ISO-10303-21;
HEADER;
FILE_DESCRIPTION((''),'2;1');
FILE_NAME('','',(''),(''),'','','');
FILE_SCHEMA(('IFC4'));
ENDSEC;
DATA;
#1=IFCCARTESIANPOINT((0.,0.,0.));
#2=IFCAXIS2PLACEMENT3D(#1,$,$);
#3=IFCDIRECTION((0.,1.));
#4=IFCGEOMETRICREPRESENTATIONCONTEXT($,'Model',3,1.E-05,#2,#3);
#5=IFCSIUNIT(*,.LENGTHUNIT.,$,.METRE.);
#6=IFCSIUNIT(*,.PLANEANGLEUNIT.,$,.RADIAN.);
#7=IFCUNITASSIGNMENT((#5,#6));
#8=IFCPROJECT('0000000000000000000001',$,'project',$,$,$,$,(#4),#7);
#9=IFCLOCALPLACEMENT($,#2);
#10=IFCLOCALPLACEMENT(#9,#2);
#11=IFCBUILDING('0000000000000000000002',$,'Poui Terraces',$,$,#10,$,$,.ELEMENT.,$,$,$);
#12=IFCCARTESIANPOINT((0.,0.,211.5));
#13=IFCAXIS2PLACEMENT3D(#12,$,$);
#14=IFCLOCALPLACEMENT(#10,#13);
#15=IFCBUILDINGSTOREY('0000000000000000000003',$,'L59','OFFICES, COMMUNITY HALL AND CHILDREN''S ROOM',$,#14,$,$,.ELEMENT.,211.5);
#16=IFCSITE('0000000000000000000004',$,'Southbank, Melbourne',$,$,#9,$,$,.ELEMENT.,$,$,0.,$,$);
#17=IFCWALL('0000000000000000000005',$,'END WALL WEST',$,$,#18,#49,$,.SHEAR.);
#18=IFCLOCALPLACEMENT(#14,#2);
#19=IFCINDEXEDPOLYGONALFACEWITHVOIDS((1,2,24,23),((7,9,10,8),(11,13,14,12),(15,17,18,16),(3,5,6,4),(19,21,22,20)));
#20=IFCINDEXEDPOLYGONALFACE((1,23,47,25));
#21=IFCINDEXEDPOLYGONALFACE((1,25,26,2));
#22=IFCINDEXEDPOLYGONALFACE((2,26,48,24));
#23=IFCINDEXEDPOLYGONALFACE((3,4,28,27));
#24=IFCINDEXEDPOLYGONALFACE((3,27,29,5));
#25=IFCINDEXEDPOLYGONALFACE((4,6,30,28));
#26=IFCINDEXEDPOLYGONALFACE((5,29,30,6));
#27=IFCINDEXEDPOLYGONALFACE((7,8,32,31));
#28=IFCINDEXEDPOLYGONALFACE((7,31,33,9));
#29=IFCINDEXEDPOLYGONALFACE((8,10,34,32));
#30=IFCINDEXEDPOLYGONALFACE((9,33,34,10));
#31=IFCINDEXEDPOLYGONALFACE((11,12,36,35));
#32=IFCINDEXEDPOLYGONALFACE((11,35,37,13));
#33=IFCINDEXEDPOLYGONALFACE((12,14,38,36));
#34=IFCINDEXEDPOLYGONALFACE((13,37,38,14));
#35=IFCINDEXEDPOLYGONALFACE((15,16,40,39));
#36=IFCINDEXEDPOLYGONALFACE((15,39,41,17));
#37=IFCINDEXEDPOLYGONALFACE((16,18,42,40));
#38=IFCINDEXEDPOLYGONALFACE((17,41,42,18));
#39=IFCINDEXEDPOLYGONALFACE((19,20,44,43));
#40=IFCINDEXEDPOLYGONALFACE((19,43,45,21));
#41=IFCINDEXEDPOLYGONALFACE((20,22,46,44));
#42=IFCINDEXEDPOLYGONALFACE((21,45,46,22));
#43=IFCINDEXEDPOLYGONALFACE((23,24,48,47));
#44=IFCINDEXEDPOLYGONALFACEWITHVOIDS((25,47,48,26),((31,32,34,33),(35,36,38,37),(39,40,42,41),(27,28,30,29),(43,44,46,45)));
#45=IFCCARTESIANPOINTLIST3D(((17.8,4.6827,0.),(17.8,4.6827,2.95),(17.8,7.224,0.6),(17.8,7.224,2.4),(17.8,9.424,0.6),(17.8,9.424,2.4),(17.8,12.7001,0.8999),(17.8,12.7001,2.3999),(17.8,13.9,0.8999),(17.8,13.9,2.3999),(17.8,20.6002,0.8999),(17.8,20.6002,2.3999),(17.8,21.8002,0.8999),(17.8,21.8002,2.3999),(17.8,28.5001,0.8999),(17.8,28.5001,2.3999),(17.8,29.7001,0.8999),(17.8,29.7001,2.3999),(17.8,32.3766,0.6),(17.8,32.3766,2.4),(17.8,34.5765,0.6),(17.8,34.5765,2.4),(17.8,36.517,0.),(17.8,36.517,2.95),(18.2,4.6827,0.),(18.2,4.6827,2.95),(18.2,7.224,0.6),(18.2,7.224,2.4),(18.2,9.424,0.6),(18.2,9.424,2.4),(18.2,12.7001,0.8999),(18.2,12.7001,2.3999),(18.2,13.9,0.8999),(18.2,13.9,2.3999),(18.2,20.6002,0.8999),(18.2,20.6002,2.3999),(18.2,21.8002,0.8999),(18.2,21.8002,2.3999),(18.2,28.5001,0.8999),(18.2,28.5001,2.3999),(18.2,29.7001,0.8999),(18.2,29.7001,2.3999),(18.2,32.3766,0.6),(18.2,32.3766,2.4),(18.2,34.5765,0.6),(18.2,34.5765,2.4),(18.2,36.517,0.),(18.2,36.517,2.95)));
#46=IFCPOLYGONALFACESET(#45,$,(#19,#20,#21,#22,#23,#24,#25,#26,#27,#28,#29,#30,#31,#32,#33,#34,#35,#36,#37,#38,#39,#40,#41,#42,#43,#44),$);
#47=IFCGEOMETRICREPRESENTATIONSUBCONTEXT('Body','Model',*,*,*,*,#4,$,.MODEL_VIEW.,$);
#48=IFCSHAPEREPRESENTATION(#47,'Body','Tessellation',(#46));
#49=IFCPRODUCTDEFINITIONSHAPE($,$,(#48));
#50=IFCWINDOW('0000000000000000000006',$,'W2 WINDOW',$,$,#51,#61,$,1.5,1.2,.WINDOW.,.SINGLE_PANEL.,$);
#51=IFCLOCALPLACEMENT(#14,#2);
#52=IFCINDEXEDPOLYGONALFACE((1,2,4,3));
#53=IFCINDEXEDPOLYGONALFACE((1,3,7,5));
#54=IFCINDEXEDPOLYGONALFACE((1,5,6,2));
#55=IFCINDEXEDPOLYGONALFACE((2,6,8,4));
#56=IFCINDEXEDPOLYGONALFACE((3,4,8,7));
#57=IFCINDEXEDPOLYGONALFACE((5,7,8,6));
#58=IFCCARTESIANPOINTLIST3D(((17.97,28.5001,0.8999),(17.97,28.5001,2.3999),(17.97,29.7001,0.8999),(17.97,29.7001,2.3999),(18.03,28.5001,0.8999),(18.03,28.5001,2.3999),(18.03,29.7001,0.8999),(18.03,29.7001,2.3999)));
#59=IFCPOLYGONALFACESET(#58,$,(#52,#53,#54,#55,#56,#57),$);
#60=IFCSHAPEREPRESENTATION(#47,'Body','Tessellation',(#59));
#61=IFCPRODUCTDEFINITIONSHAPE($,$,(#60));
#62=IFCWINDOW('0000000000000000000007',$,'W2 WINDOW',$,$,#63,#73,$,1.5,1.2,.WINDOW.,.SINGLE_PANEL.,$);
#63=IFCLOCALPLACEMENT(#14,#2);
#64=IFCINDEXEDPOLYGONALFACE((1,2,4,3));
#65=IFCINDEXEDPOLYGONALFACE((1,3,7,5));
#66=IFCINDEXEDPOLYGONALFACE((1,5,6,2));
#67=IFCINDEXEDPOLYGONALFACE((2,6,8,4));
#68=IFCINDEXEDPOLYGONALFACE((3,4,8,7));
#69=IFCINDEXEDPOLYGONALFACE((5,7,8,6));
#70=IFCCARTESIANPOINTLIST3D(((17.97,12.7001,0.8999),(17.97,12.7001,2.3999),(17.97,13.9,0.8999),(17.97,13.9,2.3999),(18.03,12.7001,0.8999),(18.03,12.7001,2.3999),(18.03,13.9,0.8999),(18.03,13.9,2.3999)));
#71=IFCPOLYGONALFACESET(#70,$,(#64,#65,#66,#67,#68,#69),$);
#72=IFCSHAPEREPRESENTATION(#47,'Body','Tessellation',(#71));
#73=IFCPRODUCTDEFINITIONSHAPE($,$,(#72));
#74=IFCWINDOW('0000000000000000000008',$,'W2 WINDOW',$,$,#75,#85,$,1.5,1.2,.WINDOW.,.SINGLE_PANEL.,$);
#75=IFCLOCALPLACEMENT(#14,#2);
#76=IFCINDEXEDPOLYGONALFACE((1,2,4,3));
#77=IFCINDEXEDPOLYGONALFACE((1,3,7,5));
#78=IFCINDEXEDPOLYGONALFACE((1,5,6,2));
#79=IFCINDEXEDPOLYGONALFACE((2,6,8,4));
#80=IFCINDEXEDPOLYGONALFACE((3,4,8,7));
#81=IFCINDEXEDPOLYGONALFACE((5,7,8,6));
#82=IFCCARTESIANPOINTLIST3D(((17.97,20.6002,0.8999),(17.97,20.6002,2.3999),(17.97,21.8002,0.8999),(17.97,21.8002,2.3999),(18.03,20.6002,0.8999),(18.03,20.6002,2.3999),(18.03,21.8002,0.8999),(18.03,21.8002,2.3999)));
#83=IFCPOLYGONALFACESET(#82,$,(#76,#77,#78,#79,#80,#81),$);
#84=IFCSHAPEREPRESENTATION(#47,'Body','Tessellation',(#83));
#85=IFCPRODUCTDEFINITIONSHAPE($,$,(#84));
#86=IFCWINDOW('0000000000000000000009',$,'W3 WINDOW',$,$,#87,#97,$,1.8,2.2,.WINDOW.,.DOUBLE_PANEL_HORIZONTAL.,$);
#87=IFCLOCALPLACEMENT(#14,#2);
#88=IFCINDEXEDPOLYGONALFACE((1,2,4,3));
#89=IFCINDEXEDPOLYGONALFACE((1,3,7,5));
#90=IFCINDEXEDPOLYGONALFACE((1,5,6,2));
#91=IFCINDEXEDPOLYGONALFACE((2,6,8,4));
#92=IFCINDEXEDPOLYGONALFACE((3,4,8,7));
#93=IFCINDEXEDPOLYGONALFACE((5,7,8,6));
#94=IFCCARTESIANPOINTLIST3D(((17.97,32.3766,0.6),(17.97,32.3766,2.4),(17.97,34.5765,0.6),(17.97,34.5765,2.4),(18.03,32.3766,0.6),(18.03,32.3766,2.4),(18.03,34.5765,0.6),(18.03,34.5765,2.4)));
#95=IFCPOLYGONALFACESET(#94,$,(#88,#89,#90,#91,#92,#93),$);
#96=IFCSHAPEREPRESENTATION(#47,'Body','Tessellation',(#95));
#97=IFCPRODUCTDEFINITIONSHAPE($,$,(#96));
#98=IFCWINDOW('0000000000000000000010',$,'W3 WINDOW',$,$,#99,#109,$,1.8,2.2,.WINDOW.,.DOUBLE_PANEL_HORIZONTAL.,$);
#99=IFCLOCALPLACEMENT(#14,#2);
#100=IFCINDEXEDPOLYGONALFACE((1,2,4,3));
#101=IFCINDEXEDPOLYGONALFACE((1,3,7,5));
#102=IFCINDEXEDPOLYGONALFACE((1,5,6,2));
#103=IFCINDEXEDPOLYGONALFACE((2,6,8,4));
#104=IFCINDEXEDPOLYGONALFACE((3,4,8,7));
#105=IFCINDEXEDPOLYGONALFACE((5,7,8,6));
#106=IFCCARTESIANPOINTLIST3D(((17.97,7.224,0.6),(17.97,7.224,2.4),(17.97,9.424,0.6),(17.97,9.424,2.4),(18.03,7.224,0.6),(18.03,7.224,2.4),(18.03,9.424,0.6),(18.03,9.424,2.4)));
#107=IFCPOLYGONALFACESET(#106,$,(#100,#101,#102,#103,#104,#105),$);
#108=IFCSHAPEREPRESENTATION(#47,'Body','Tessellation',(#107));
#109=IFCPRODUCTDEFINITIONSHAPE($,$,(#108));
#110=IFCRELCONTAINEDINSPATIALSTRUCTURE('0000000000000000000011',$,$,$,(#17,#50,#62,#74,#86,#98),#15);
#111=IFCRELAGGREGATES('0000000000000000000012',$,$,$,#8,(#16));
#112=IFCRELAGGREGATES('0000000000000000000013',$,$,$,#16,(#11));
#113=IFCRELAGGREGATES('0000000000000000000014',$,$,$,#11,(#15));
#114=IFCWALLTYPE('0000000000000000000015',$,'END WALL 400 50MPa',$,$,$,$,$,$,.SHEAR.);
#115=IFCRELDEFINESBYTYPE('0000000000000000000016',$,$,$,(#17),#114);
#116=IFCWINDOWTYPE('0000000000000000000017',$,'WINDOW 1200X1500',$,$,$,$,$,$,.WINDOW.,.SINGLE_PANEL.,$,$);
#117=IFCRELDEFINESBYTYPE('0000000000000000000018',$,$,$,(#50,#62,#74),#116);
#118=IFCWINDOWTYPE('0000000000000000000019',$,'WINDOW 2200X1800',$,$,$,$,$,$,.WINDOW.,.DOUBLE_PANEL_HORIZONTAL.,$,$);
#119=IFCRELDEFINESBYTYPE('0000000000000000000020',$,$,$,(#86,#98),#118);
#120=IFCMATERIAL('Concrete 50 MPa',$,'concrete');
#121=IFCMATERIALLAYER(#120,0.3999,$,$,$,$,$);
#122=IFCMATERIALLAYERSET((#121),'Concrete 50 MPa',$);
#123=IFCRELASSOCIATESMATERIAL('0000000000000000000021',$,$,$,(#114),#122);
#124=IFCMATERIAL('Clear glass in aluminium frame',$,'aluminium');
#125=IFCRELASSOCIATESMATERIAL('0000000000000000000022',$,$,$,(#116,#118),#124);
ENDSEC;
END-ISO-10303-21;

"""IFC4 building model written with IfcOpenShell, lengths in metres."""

from ifc_helpers import new_model, si_unit, direction, frame, frame_2d, origin, place, context, subcontext, project, spatial, rectangle, extrude, material, layer, layer_set, type_object, element, fill, save


model = new_model("IFC4")

# Units and contexts
model_context = context("Model", 3, precision=1e-05, world=origin(), true_north=direction((0.0, 1.0)))
body_context = subcontext(model_context, "Body", "Model", "MODEL_VIEW")
ifc_project = project(units=[si_unit("LENGTHUNIT", "METRE"), si_unit("PLANEANGLEUNIT", "RADIAN")], contexts=[model_context])

# Site, building, storey
site_placement = place(None, origin())
site = spatial("IfcSite", under=ifc_project, at=site_placement, Name="Southbank, Melbourne", CompositionType="ELEMENT", RefElevation=0.0)
building_placement = place(site_placement, origin())
building = spatial("IfcBuilding", under=site, at=building_placement, Name="Poui Terraces", CompositionType="ELEMENT")
storey_placement = place(building_placement, frame((0.0, 0.0, 211.5)))
storey = spatial("IfcBuildingStorey", under=building, at=storey_placement, Name="L59", Description="OFFICES, COMMUNITY HALL AND CHILDREN'S ROOM", CompositionType="ELEMENT", Elevation=211.5)

# Wall, openings, windows
ifc_material_1 = material(Name="Concrete 50 MPa", Category="concrete")
ifc_layer = layer(ifc_material_1, 0.3999)
ifc_layer_set = layer_set([ifc_layer], Name="Concrete 50 MPa")
wall_type = type_object("IfcWallType", Name="END WALL 400 50MPa", PredefinedType="SHEAR", material=ifc_layer_set)
wall_placement = place(storey_placement, frame((18.0, 4.6829, 0.0), z_axis=(0.0, 0.0, 1.0), x_axis=(0.0, 1.0, 0.0)))
wall = element("IfcWall", 1, at=wall_placement, inside=storey, type_object=wall_type, Name="END WALL WEST", PredefinedType="SHEAR", context=body_context, shape_type="SweptSolid", body=[
    extrude(rectangle(XDim=31.8342, YDim=0.3999, at=frame_2d((15.917, 0.0))), origin(), (0.0, 0.0, 1.0), 2.95),
])
opening_1_placement = place(wall_placement, frame((23.8171, 0.0, 0.8999)))
opening_1 = element("IfcOpeningElement", 2, at=opening_1_placement, cuts=wall, PredefinedType="OPENING", context=body_context, shape_type="SweptSolid", body=[
    extrude(rectangle(XDim=1.2, YDim=1.5, at=frame_2d((0.6001, 0.75))), frame((0.0, 0.21, 0.0), z_axis=(0.0, -1.0, 0.0), x_axis=(1.0, 0.0, 0.0)), (0.0, 0.0, 1.0), 0.4199),
])
opening_2_placement = place(wall_placement, frame((8.0171, 0.0, 0.8999)))
opening_2 = element("IfcOpeningElement", 3, at=opening_2_placement, cuts=wall, PredefinedType="OPENING", context=body_context, shape_type="SweptSolid", body=[
    extrude(rectangle(XDim=1.2, YDim=1.5, at=frame_2d((0.6001, 0.75))), frame((0.0, 0.21, 0.0), z_axis=(0.0, -1.0, 0.0), x_axis=(1.0, 0.0, 0.0)), (0.0, 0.0, 1.0), 0.4199),
])
opening_3_placement = place(wall_placement, frame((27.6936, 0.0, 0.6001)))
opening_3 = element("IfcOpeningElement", 4, at=opening_3_placement, cuts=wall, PredefinedType="OPENING", context=body_context, shape_type="SweptSolid", body=[
    extrude(rectangle(XDim=2.2, YDim=1.8, at=frame_2d((1.1001, 0.8999))), frame((0.0, 0.21, 0.0), z_axis=(0.0, -1.0, 0.0), x_axis=(1.0, 0.0, 0.0)), (0.0, 0.0, 1.0), 0.4199),
])
opening_4_placement = place(wall_placement, frame((2.541, 0.0, 0.6001)))
opening_4 = element("IfcOpeningElement", 5, at=opening_4_placement, cuts=wall, PredefinedType="OPENING", context=body_context, shape_type="SweptSolid", body=[
    extrude(rectangle(XDim=2.2, YDim=1.8, at=frame_2d((1.1001, 0.8999))), frame((0.0, 0.21, 0.0), z_axis=(0.0, -1.0, 0.0), x_axis=(1.0, 0.0, 0.0)), (0.0, 0.0, 1.0), 0.4199),
])
opening_5_placement = place(wall_placement, frame((15.9172, 0.0, 0.8999)))
opening_5 = element("IfcOpeningElement", 6, at=opening_5_placement, cuts=wall, PredefinedType="OPENING", context=body_context, shape_type="SweptSolid", body=[
    extrude(rectangle(XDim=1.2, YDim=1.5, at=frame_2d((0.6001, 0.75))), frame((0.0, 0.21, 0.0), z_axis=(0.0, -1.0, 0.0), x_axis=(1.0, 0.0, 0.0)), (0.0, 0.0, 1.0), 0.4199),
])
ifc_material_2 = material(Name="Clear glass in aluminium frame", Category="aluminium")
window_type_1 = type_object("IfcWindowType", Name="WINDOW 1200X1500", PartitioningType="SINGLE_PANEL", PredefinedType="WINDOW", material=ifc_material_2)
window_1_placement = place(opening_1_placement, origin())
window_1 = element("IfcWindow", 7, at=window_1_placement, inside=storey, type_object=window_type_1, Name="W2 WINDOW", OverallHeight=1.5, OverallWidth=1.2, PartitioningType="SINGLE_PANEL", PredefinedType="WINDOW", context=body_context, shape_type="SweptSolid", body=[
    extrude(rectangle(XDim=1.2, YDim=1.5, at=frame_2d((0.6001, 0.75))), frame((0.0, 0.03, 0.0), z_axis=(0.0, -1.0, 0.0), x_axis=(1.0, 0.0, 0.0)), (0.0, 0.0, 1.0), 0.0601),
])
fill(opening_1, window_1)
window_2_placement = place(opening_2_placement, origin())
window_2 = element("IfcWindow", 8, at=window_2_placement, inside=storey, type_object=window_type_1, Name="W2 WINDOW", OverallHeight=1.5, OverallWidth=1.2, PartitioningType="SINGLE_PANEL", PredefinedType="WINDOW", context=body_context, shape_type="SweptSolid", body=[
    extrude(rectangle(XDim=1.2, YDim=1.5, at=frame_2d((0.6001, 0.75))), frame((0.0, 0.03, 0.0), z_axis=(0.0, -1.0, 0.0), x_axis=(1.0, 0.0, 0.0)), (0.0, 0.0, 1.0), 0.0601),
])
fill(opening_2, window_2)
window_3_placement = place(opening_5_placement, origin())
window_3 = element("IfcWindow", 9, at=window_3_placement, inside=storey, type_object=window_type_1, Name="W2 WINDOW", OverallHeight=1.5, OverallWidth=1.2, PartitioningType="SINGLE_PANEL", PredefinedType="WINDOW", context=body_context, shape_type="SweptSolid", body=[
    extrude(rectangle(XDim=1.2, YDim=1.5, at=frame_2d((0.6001, 0.75))), frame((0.0, 0.03, 0.0), z_axis=(0.0, -1.0, 0.0), x_axis=(1.0, 0.0, 0.0)), (0.0, 0.0, 1.0), 0.0601),
])
fill(opening_5, window_3)
window_type_2 = type_object("IfcWindowType", Name="WINDOW 2200X1800", PartitioningType="DOUBLE_PANEL_HORIZONTAL", PredefinedType="WINDOW", material=ifc_material_2)
window_4_placement = place(opening_3_placement, origin())
window_4 = element("IfcWindow", 10, at=window_4_placement, inside=storey, type_object=window_type_2, Name="W3 WINDOW", OverallHeight=1.8, OverallWidth=2.2, PartitioningType="DOUBLE_PANEL_HORIZONTAL", PredefinedType="WINDOW", context=body_context, shape_type="SweptSolid", body=[
    extrude(rectangle(XDim=2.2, YDim=1.8, at=frame_2d((1.1001, 0.8999))), frame((0.0, 0.03, 0.0), z_axis=(0.0, -1.0, 0.0), x_axis=(1.0, 0.0, 0.0)), (0.0, 0.0, 1.0), 0.0601),
])
fill(opening_3, window_4)
window_5_placement = place(opening_4_placement, origin())
window_5 = element("IfcWindow", 11, at=window_5_placement, inside=storey, type_object=window_type_2, Name="W3 WINDOW", OverallHeight=1.8, OverallWidth=2.2, PartitioningType="DOUBLE_PANEL_HORIZONTAL", PredefinedType="WINDOW", context=body_context, shape_type="SweptSolid", body=[
    extrude(rectangle(XDim=2.2, YDim=1.8, at=frame_2d((1.1001, 0.8999))), frame((0.0, 0.03, 0.0), z_axis=(0.0, -1.0, 0.0), x_axis=(1.0, 0.0, 0.0)), (0.0, 0.0, 1.0), 0.0601),
])
fill(opening_4, window_5)

save(model, "model.ifc")
